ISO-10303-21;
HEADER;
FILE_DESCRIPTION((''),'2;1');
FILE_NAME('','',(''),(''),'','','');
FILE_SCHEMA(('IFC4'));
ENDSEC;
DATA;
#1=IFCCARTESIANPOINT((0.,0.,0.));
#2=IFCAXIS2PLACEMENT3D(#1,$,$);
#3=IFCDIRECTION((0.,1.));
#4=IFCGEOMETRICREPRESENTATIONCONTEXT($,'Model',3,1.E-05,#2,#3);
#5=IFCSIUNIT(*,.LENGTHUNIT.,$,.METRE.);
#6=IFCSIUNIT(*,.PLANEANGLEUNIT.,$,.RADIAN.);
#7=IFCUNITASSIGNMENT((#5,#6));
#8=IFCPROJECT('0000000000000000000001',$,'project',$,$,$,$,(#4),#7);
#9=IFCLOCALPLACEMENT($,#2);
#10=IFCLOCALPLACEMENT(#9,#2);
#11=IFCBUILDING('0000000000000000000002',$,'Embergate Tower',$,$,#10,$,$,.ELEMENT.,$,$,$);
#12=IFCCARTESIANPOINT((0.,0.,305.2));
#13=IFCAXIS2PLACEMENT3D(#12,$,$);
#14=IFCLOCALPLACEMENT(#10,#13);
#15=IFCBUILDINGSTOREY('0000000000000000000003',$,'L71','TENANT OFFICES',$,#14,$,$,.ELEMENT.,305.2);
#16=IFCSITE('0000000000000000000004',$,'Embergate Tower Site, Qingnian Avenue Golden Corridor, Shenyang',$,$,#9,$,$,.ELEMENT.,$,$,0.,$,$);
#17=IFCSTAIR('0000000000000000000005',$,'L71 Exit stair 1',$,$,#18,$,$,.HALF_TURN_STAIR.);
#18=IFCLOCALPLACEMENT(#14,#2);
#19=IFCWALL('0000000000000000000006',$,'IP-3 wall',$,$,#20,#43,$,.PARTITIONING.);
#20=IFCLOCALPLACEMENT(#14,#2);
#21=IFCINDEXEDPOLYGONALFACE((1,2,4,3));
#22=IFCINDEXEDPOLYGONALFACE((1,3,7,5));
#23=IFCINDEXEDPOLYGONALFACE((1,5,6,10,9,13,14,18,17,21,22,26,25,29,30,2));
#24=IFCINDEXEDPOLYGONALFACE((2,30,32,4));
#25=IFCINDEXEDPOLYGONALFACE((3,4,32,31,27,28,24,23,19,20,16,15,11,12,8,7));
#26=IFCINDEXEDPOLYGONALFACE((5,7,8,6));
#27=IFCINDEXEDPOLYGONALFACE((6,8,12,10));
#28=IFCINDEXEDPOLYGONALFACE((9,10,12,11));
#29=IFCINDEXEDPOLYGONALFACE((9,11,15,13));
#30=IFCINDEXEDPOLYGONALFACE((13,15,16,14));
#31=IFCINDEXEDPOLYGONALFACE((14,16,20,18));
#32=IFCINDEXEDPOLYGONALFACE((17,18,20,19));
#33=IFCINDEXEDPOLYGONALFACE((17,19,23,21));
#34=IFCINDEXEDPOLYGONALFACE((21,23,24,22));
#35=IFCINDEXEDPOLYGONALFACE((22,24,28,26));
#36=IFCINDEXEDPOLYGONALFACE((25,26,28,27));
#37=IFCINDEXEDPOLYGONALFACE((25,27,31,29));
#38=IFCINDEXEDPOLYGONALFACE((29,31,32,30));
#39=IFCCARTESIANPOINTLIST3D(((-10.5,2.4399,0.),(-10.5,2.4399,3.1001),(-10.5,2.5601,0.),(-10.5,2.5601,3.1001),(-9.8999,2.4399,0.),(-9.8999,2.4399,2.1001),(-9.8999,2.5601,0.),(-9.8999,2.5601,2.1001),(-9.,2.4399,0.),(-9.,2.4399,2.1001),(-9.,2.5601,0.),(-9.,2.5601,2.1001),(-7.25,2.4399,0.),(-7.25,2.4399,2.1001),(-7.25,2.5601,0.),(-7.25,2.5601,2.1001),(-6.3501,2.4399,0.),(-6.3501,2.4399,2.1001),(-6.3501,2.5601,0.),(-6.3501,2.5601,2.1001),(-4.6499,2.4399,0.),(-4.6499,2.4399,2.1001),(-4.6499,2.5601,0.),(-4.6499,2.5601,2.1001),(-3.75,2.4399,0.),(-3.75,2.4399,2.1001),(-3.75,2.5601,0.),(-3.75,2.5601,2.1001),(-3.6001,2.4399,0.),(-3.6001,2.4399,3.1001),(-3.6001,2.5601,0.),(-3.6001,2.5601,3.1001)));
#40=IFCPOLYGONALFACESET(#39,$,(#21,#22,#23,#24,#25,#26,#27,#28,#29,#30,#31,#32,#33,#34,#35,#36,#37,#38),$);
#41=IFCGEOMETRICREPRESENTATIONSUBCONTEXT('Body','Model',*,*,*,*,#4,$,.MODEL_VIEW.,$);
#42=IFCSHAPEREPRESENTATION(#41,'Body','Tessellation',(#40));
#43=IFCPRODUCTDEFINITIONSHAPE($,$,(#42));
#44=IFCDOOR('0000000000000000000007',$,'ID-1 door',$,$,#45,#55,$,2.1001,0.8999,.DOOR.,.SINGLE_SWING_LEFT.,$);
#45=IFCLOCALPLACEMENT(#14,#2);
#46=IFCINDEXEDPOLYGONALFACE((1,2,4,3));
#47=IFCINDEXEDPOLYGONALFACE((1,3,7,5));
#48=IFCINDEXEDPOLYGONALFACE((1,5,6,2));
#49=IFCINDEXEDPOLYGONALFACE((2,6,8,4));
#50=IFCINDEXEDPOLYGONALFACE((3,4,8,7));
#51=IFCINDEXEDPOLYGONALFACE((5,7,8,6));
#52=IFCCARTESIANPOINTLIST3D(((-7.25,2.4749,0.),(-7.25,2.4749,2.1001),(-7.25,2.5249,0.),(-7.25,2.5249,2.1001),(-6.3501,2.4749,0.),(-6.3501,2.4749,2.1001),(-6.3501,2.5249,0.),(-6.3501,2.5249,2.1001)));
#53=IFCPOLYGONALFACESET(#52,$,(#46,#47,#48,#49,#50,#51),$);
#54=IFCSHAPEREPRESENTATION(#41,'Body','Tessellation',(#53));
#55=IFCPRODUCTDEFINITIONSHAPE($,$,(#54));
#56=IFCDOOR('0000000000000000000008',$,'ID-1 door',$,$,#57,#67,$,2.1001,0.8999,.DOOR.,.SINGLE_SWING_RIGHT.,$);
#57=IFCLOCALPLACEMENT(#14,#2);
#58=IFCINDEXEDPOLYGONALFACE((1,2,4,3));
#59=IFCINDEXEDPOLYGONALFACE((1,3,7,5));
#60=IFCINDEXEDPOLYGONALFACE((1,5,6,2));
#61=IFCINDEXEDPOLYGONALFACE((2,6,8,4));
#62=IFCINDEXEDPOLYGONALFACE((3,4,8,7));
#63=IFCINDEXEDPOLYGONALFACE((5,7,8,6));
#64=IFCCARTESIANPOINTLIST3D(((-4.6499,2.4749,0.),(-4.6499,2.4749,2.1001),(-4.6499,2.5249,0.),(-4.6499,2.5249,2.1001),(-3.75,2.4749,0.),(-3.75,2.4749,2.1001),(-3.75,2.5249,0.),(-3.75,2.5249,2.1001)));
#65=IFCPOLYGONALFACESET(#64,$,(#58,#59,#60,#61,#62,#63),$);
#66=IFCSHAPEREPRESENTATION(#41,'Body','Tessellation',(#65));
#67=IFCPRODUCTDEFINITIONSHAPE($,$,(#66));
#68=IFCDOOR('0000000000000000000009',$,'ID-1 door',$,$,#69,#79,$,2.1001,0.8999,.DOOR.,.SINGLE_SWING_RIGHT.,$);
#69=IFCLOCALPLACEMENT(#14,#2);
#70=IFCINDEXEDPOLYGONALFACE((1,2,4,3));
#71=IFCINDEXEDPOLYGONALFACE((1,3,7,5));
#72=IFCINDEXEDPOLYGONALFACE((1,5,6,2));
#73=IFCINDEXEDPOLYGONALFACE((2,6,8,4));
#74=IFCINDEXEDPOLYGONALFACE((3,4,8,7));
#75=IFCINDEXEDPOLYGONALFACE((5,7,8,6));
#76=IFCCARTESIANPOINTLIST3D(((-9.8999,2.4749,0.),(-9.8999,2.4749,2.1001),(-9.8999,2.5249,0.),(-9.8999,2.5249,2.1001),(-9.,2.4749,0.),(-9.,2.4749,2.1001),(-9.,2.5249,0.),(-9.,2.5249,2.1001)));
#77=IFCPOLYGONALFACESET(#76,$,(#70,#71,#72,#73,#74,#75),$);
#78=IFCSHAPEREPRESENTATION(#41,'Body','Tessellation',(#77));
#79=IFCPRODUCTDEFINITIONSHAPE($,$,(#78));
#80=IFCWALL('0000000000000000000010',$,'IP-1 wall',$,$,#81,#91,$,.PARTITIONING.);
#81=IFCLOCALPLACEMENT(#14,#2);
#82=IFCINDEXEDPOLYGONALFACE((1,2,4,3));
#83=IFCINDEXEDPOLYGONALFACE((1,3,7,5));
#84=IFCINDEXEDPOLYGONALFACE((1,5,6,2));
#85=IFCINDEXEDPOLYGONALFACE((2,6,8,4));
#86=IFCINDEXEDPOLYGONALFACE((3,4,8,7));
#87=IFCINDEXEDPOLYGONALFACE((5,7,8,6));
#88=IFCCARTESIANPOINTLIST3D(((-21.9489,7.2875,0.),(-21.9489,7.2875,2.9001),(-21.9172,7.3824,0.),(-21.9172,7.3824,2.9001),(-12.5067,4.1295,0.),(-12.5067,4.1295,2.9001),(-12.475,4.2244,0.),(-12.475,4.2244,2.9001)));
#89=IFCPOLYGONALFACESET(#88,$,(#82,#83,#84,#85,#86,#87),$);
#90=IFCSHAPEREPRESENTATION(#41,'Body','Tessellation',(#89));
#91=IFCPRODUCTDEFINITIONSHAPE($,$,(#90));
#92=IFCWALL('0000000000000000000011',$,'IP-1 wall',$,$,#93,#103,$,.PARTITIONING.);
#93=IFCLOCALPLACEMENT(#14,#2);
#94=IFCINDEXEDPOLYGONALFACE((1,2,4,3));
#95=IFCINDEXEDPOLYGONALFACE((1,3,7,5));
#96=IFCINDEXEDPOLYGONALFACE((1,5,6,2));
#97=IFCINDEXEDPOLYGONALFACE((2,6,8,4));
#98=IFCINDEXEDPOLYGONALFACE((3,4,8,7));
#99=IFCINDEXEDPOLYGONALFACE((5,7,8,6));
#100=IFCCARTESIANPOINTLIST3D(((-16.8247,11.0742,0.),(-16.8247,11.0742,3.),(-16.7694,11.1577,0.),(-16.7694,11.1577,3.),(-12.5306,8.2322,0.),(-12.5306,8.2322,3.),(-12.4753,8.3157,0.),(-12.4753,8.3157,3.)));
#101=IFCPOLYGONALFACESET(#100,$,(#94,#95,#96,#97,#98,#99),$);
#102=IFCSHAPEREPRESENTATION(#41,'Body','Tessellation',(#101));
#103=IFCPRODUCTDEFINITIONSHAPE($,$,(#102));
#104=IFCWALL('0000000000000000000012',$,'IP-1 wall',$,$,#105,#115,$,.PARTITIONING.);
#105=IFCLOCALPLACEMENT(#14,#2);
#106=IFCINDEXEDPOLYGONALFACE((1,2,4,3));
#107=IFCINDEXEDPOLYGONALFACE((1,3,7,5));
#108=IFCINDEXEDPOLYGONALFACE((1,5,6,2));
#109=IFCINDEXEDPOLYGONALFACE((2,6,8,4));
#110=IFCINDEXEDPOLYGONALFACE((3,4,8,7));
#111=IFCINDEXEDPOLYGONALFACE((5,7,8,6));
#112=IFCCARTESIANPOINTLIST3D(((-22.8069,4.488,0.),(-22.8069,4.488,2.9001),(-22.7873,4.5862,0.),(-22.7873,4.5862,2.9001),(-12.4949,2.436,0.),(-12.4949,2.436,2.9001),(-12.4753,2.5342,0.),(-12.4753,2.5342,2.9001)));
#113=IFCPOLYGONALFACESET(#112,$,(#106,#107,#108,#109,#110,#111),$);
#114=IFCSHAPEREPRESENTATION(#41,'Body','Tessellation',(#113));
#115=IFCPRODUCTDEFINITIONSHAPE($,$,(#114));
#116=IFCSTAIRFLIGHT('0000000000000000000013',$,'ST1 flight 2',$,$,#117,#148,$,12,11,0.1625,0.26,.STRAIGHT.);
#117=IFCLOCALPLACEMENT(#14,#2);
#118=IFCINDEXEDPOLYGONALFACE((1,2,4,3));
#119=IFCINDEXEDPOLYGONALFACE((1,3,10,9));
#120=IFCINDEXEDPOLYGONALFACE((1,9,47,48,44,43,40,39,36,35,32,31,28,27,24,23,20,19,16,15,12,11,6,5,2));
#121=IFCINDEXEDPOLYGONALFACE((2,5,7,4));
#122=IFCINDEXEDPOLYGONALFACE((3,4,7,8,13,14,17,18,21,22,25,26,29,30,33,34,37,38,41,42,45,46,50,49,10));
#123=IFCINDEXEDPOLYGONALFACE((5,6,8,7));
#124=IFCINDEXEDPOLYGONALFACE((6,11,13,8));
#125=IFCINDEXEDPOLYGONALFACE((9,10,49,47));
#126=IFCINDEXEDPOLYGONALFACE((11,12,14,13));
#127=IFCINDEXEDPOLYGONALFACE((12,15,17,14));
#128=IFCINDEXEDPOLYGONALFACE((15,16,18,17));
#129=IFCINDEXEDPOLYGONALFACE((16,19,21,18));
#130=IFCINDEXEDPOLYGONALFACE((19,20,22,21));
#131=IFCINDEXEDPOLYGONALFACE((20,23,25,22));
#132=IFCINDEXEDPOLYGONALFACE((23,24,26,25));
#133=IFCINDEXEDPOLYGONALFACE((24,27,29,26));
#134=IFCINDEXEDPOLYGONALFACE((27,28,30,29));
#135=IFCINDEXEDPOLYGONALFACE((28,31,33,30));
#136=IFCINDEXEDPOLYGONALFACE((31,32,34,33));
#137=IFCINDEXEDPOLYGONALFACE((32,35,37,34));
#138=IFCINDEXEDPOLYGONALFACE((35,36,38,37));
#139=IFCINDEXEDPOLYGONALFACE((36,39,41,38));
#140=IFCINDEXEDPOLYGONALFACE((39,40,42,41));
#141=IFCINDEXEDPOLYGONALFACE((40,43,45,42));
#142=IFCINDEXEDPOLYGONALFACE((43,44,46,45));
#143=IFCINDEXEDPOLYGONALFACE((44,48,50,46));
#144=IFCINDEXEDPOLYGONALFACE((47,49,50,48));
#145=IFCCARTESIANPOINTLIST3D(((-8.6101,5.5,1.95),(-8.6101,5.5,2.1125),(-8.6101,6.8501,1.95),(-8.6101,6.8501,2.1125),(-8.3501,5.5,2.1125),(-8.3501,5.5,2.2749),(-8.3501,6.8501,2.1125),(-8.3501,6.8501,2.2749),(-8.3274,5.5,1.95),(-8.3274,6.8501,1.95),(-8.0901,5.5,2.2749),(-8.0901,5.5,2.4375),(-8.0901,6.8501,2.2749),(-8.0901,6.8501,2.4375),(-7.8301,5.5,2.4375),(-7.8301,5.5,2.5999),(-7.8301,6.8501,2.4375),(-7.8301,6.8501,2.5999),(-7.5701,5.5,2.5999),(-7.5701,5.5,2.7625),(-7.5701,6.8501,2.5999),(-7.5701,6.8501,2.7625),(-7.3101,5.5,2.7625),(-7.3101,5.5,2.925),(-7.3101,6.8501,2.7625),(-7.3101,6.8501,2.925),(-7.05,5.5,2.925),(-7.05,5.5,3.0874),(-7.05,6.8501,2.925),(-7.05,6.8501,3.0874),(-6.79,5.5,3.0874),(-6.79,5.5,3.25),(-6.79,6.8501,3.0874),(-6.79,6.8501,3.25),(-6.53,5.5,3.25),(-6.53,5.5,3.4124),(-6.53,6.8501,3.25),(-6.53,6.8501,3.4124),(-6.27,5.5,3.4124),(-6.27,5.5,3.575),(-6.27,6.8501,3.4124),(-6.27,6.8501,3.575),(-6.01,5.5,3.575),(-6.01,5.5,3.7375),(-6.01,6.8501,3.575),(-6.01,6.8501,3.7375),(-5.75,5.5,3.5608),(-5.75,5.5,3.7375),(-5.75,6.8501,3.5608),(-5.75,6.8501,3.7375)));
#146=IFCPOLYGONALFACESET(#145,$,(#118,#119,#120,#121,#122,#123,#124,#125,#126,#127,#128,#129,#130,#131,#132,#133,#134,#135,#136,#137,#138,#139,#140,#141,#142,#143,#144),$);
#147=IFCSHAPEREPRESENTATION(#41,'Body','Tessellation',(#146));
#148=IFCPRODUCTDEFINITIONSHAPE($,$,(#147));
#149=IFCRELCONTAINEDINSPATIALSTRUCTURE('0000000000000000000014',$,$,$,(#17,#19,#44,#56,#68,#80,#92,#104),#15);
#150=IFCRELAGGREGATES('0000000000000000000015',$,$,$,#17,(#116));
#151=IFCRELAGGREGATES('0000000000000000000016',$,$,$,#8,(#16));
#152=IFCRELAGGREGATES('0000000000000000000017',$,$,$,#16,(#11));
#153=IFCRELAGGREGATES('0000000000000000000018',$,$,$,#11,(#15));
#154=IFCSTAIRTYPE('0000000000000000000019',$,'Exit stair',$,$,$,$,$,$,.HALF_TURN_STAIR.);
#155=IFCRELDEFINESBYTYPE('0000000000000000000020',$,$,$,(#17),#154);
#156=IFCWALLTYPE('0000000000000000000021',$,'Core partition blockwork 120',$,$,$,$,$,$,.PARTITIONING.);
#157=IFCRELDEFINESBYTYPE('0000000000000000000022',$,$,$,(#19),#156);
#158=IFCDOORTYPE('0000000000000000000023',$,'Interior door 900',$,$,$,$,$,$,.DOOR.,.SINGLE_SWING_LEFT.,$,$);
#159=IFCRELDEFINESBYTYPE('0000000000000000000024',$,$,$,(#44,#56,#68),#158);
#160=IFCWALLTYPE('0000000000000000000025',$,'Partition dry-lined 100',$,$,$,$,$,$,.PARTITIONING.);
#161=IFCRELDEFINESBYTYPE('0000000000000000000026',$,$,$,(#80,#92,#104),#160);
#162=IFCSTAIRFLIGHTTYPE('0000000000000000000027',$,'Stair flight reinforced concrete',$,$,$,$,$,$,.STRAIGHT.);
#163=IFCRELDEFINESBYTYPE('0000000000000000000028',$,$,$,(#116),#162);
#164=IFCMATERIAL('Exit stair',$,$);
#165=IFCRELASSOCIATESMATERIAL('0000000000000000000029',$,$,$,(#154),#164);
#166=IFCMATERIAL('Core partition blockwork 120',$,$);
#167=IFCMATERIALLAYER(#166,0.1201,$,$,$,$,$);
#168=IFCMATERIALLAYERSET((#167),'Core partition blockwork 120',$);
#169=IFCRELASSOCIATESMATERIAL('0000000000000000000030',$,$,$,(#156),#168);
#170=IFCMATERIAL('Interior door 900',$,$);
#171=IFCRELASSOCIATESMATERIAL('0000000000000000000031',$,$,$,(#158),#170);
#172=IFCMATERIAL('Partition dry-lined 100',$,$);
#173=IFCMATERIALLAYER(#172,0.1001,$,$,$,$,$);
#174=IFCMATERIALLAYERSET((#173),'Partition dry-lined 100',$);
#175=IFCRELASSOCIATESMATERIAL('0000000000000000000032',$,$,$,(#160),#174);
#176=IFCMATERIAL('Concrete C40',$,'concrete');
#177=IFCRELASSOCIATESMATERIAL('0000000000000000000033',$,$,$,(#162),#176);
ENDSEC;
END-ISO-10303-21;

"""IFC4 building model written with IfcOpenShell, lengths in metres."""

from ifc_helpers import new_model, si_unit, direction, frame, frame_2d, origin, place, context, subcontext, project, spatial, polyline, rectangle, outline, extrude, source, transform, mapped, material, layer, layer_set, type_object, element, fill, aggregate, save


model = new_model("IFC4")

# Units and contexts
model_context = context("Model", 3, precision=1e-05, world=origin(), true_north=direction((0.0, 1.0)))
body_context = subcontext(model_context, "Body", "Model", "MODEL_VIEW")
ifc_project = project(units=[si_unit("LENGTHUNIT", "METRE"), si_unit("PLANEANGLEUNIT", "RADIAN")], contexts=[model_context])

# Site, building, storey
site_placement = place(None, origin())
site = spatial("IfcSite", under=ifc_project, at=site_placement, Name="Embergate Tower Site, Qingnian Avenue Golden Corridor, Shenyang", CompositionType="ELEMENT", RefElevation=0.0)
building_placement = place(site_placement, origin())
building = spatial("IfcBuilding", under=site, at=building_placement, Name="Embergate Tower", CompositionType="ELEMENT")
storey_placement = place(building_placement, frame((0.0, 0.0, 305.2)))
storey = spatial("IfcBuildingStorey", under=building, at=storey_placement, Name="L71", Description="TENANT OFFICES", CompositionType="ELEMENT", Elevation=305.2)

# Stair
ifc_material_1 = material(Name="Exit stair")
stair_type = type_object("IfcStairType", Name="Exit stair", PredefinedType="HALF_TURN_STAIR", material=ifc_material_1)
stair_placement = place(storey_placement, origin())
stair = element("IfcStair", 1, at=stair_placement, inside=storey, type_object=stair_type, Name="L71 Exit stair 1", PredefinedType="HALF_TURN_STAIR")
ifc_material_2 = material(Name="Concrete C40", Category="concrete")

# Shared definitions
ifc_material_3 = material(Name="Core partition blockwork 120")
ifc_layer_1 = layer(ifc_material_3, 0.1201)
ifc_layer_set_1 = layer_set([ifc_layer_1], Name="Core partition blockwork 120")
wall_type_1 = type_object("IfcWallType", Name="Core partition blockwork 120", PredefinedType="PARTITIONING", material=ifc_layer_set_1)

# Wall, openings, doors
shared_shape_1 = source(origin(), body_context, "Body", "SweptSolid", [
    extrude(rectangle(XDim=6.8999, YDim=0.1201, at=frame_2d((3.45, 0.0))), origin(), (0.0, 0.0, 1.0), 3.1001),
])
wall_1_placement = place(storey_placement, frame((-10.5, 2.5, 0.0), z_axis=(0.0, 0.0, 1.0), x_axis=(1.0, 0.0, 0.0)))
wall_1 = element("IfcWall", 2, at=wall_1_placement, inside=storey, type_object=wall_type_1, Name="IP-3 wall", PredefinedType="PARTITIONING", context=body_context, shape_type="MappedRepresentation", body=[
    mapped(shared_shape_1, transform((0.0, 0.0, 0.0))),
])
shared_shape_2 = source(origin(), body_context, "Body", "SweptSolid", [
    extrude(rectangle(XDim=0.8999, YDim=2.1001, at=frame_2d((0.45, 1.05))), frame((0.0, 0.0701, 0.0), z_axis=(0.0, -1.0, 0.0), x_axis=(1.0, 0.0, 0.0)), (0.0, 0.0, 1.0), 0.1401),
])
opening_1_placement = place(wall_1_placement, frame((3.25, 0.0, 0.0)))
opening_1 = element("IfcOpeningElement", 3, at=opening_1_placement, cuts=wall_1, PredefinedType="OPENING", context=body_context, shape_type="MappedRepresentation", body=[
    mapped(shared_shape_2, transform((0.0, 0.0, 0.0))),
])
opening_2_placement = place(wall_1_placement, frame((5.8501, 0.0, 0.0)))
opening_2 = element("IfcOpeningElement", 4, at=opening_2_placement, cuts=wall_1, PredefinedType="OPENING", context=body_context, shape_type="MappedRepresentation", body=[
    mapped(shared_shape_2, transform((0.0, 0.0, 0.0))),
])
opening_3_placement = place(wall_1_placement, frame((0.6001, 0.0, 0.0)))
opening_3 = element("IfcOpeningElement", 5, at=opening_3_placement, cuts=wall_1, PredefinedType="OPENING", context=body_context, shape_type="MappedRepresentation", body=[
    mapped(shared_shape_2, transform((0.0, 0.0, 0.0))),
])
ifc_material_4 = material(Name="Interior door 900")
door_type_1 = type_object("IfcDoorType", Name="Interior door 900", OperationType="SINGLE_SWING_LEFT", PredefinedType="DOOR", material=ifc_material_4)
shared_shape_3 = source(origin(), body_context, "Body", "SweptSolid", [
    extrude(rectangle(XDim=0.8999, YDim=2.1001, at=frame_2d((0.45, 1.05))), frame((0.0, 0.0249, 0.0), z_axis=(0.0, -1.0, 0.0), x_axis=(1.0, 0.0, 0.0)), (0.0, 0.0, 1.0), 0.05),
])
door_1_placement = place(opening_1_placement, origin())
door_1 = element("IfcDoor", 6, at=door_1_placement, inside=storey, type_object=door_type_1, Name="ID-1 door", OperationType="SINGLE_SWING_LEFT", OverallHeight=2.1001, OverallWidth=0.8999, PredefinedType="DOOR", context=body_context, shape_type="MappedRepresentation", body=[
    mapped(shared_shape_3, transform((0.0, 0.0, 0.0))),
])
fill(opening_1, door_1)
door_2_placement = place(opening_2_placement, origin())
door_2 = element("IfcDoor", 7, at=door_2_placement, inside=storey, type_object=door_type_1, Name="ID-1 door", OperationType="SINGLE_SWING_RIGHT", OverallHeight=2.1001, OverallWidth=0.8999, PredefinedType="DOOR", context=body_context, shape_type="MappedRepresentation", body=[
    mapped(shared_shape_3, transform((0.0, 0.0, 0.0))),
])
fill(opening_2, door_2)
door_3_placement = place(opening_3_placement, origin())
door_3 = element("IfcDoor", 8, at=door_3_placement, inside=storey, type_object=door_type_1, Name="ID-1 door", OperationType="SINGLE_SWING_RIGHT", OverallHeight=2.1001, OverallWidth=0.8999, PredefinedType="DOOR", context=body_context, shape_type="MappedRepresentation", body=[
    mapped(shared_shape_3, transform((0.0, 0.0, 0.0))),
])
fill(opening_3, door_3)

# Walls
ifc_material_5 = material(Name="Partition dry-lined 100")
ifc_layer_2 = layer(ifc_material_5, 0.1001)
ifc_layer_set_2 = layer_set([ifc_layer_2], Name="Partition dry-lined 100")
wall_type_2 = type_object("IfcWallType", Name="Partition dry-lined 100", PredefinedType="PARTITIONING", material=ifc_layer_set_2)
shared_shape_4 = source(origin(), body_context, "Body", "SweptSolid", [
    extrude(rectangle(XDim=9.9563, YDim=0.1001, at=frame_2d((4.978, 0.0))), origin(), (0.0, 0.0, 1.0), 2.9001),
])
wall_2_placement = place(storey_placement, frame((-12.491, 4.177, 0.0), z_axis=(0.0, 0.0, 1.0), x_axis=(-0.948364, 0.317184, 0.0)))
element("IfcWall", 9, at=wall_2_placement, inside=storey, type_object=wall_type_2, Name="IP-1 wall", PredefinedType="PARTITIONING", context=body_context, shape_type="MappedRepresentation", body=[
    mapped(shared_shape_4, transform((0.0, 0.0, 0.0))),
])
shared_shape_5 = source(origin(), body_context, "Body", "SweptSolid", [
    extrude(rectangle(XDim=5.1494, YDim=0.1001, at=frame_2d((2.5747, 0.0))), origin(), (0.0, 0.0, 1.0), 3.0),
])
wall_3_placement = place(storey_placement, frame((-12.5029, 8.2739, 0.0), z_axis=(0.0, 0.0, 1.0), x_axis=(-0.833906, 0.551907, 0.0)))
element("IfcWall", 10, at=wall_3_placement, inside=storey, type_object=wall_type_2, Name="IP-1 wall", PredefinedType="PARTITIONING", context=body_context, shape_type="MappedRepresentation", body=[
    mapped(shared_shape_5, transform((0.0, 0.0, 0.0))),
])
shared_shape_6 = source(origin(), body_context, "Body", "SweptSolid", [
    extrude(rectangle(XDim=10.5142, YDim=0.1001, at=frame_2d((5.2571, 0.0))), origin(), (0.0, 0.0, 1.0), 2.9001),
])
wall_4_placement = place(storey_placement, frame((-12.4851, 2.4851, 0.0), z_axis=(0.0, 0.0, 1.0), x_axis=(-0.98077, 0.195165, 0.0)))
element("IfcWall", 11, at=wall_4_placement, inside=storey, type_object=wall_type_2, Name="IP-1 wall", PredefinedType="PARTITIONING", context=body_context, shape_type="MappedRepresentation", body=[
    mapped(shared_shape_6, transform((0.0, 0.0, 0.0))),
])

# Stair flight
stair_flight_type = type_object("IfcStairFlightType", Name="Stair flight reinforced concrete", PredefinedType="STRAIGHT", material=ifc_material_2)
shared_shape_7 = source(origin(), body_context, "Body", "SweptSolid", [
    extrude(outline(polyline([(0.0, 0.0), (0.0, 0.1626), (0.26, 0.1626), (0.26, 0.325), (0.52, 0.325), (0.52, 0.4875), (0.78, 0.4875), (0.78, 0.6499), (1.04, 0.6499), (1.04, 0.8125), (1.3, 0.8125), (1.3, 0.9751), (1.5601, 0.9751), (1.5601, 1.1375), (1.8201, 1.1375), (1.8201, 1.3), (2.0801, 1.3), (2.0801, 1.4624), (2.3401, 1.4624), (2.3401, 1.625), (2.6001, 1.625), (2.6001, 1.7876), (2.8601, 1.7876), (2.8601, 1.95), (2.8601, 1.6108), (0.2827, 0.0), (0.0, 0.0)])), frame((0.0, 0.675, 0.0), z_axis=(0.0, -1.0, 0.0), x_axis=(1.0, 0.0, 0.0)), (0.0, 0.0, 1.0), 1.3501),
])
stair_flight_placement = place(storey_placement, frame((-8.6101, 6.175, 1.95), z_axis=(0.0, 0.0, 1.0), x_axis=(1.0, 0.0, 0.0)))
stair_flight = element("IfcStairFlight", 12, at=stair_flight_placement, type_object=stair_flight_type, Name="ST1 flight 2", NumberOfRisers=12, NumberOfTreads=11, PredefinedType="STRAIGHT", RiserHeight=0.1625, TreadLength=0.26, context=body_context, shape_type="MappedRepresentation", body=[
    mapped(shared_shape_7, transform((0.0, 0.0, 0.0))),
])
aggregate(stair, [stair_flight])

save(model, "model.ifc")
